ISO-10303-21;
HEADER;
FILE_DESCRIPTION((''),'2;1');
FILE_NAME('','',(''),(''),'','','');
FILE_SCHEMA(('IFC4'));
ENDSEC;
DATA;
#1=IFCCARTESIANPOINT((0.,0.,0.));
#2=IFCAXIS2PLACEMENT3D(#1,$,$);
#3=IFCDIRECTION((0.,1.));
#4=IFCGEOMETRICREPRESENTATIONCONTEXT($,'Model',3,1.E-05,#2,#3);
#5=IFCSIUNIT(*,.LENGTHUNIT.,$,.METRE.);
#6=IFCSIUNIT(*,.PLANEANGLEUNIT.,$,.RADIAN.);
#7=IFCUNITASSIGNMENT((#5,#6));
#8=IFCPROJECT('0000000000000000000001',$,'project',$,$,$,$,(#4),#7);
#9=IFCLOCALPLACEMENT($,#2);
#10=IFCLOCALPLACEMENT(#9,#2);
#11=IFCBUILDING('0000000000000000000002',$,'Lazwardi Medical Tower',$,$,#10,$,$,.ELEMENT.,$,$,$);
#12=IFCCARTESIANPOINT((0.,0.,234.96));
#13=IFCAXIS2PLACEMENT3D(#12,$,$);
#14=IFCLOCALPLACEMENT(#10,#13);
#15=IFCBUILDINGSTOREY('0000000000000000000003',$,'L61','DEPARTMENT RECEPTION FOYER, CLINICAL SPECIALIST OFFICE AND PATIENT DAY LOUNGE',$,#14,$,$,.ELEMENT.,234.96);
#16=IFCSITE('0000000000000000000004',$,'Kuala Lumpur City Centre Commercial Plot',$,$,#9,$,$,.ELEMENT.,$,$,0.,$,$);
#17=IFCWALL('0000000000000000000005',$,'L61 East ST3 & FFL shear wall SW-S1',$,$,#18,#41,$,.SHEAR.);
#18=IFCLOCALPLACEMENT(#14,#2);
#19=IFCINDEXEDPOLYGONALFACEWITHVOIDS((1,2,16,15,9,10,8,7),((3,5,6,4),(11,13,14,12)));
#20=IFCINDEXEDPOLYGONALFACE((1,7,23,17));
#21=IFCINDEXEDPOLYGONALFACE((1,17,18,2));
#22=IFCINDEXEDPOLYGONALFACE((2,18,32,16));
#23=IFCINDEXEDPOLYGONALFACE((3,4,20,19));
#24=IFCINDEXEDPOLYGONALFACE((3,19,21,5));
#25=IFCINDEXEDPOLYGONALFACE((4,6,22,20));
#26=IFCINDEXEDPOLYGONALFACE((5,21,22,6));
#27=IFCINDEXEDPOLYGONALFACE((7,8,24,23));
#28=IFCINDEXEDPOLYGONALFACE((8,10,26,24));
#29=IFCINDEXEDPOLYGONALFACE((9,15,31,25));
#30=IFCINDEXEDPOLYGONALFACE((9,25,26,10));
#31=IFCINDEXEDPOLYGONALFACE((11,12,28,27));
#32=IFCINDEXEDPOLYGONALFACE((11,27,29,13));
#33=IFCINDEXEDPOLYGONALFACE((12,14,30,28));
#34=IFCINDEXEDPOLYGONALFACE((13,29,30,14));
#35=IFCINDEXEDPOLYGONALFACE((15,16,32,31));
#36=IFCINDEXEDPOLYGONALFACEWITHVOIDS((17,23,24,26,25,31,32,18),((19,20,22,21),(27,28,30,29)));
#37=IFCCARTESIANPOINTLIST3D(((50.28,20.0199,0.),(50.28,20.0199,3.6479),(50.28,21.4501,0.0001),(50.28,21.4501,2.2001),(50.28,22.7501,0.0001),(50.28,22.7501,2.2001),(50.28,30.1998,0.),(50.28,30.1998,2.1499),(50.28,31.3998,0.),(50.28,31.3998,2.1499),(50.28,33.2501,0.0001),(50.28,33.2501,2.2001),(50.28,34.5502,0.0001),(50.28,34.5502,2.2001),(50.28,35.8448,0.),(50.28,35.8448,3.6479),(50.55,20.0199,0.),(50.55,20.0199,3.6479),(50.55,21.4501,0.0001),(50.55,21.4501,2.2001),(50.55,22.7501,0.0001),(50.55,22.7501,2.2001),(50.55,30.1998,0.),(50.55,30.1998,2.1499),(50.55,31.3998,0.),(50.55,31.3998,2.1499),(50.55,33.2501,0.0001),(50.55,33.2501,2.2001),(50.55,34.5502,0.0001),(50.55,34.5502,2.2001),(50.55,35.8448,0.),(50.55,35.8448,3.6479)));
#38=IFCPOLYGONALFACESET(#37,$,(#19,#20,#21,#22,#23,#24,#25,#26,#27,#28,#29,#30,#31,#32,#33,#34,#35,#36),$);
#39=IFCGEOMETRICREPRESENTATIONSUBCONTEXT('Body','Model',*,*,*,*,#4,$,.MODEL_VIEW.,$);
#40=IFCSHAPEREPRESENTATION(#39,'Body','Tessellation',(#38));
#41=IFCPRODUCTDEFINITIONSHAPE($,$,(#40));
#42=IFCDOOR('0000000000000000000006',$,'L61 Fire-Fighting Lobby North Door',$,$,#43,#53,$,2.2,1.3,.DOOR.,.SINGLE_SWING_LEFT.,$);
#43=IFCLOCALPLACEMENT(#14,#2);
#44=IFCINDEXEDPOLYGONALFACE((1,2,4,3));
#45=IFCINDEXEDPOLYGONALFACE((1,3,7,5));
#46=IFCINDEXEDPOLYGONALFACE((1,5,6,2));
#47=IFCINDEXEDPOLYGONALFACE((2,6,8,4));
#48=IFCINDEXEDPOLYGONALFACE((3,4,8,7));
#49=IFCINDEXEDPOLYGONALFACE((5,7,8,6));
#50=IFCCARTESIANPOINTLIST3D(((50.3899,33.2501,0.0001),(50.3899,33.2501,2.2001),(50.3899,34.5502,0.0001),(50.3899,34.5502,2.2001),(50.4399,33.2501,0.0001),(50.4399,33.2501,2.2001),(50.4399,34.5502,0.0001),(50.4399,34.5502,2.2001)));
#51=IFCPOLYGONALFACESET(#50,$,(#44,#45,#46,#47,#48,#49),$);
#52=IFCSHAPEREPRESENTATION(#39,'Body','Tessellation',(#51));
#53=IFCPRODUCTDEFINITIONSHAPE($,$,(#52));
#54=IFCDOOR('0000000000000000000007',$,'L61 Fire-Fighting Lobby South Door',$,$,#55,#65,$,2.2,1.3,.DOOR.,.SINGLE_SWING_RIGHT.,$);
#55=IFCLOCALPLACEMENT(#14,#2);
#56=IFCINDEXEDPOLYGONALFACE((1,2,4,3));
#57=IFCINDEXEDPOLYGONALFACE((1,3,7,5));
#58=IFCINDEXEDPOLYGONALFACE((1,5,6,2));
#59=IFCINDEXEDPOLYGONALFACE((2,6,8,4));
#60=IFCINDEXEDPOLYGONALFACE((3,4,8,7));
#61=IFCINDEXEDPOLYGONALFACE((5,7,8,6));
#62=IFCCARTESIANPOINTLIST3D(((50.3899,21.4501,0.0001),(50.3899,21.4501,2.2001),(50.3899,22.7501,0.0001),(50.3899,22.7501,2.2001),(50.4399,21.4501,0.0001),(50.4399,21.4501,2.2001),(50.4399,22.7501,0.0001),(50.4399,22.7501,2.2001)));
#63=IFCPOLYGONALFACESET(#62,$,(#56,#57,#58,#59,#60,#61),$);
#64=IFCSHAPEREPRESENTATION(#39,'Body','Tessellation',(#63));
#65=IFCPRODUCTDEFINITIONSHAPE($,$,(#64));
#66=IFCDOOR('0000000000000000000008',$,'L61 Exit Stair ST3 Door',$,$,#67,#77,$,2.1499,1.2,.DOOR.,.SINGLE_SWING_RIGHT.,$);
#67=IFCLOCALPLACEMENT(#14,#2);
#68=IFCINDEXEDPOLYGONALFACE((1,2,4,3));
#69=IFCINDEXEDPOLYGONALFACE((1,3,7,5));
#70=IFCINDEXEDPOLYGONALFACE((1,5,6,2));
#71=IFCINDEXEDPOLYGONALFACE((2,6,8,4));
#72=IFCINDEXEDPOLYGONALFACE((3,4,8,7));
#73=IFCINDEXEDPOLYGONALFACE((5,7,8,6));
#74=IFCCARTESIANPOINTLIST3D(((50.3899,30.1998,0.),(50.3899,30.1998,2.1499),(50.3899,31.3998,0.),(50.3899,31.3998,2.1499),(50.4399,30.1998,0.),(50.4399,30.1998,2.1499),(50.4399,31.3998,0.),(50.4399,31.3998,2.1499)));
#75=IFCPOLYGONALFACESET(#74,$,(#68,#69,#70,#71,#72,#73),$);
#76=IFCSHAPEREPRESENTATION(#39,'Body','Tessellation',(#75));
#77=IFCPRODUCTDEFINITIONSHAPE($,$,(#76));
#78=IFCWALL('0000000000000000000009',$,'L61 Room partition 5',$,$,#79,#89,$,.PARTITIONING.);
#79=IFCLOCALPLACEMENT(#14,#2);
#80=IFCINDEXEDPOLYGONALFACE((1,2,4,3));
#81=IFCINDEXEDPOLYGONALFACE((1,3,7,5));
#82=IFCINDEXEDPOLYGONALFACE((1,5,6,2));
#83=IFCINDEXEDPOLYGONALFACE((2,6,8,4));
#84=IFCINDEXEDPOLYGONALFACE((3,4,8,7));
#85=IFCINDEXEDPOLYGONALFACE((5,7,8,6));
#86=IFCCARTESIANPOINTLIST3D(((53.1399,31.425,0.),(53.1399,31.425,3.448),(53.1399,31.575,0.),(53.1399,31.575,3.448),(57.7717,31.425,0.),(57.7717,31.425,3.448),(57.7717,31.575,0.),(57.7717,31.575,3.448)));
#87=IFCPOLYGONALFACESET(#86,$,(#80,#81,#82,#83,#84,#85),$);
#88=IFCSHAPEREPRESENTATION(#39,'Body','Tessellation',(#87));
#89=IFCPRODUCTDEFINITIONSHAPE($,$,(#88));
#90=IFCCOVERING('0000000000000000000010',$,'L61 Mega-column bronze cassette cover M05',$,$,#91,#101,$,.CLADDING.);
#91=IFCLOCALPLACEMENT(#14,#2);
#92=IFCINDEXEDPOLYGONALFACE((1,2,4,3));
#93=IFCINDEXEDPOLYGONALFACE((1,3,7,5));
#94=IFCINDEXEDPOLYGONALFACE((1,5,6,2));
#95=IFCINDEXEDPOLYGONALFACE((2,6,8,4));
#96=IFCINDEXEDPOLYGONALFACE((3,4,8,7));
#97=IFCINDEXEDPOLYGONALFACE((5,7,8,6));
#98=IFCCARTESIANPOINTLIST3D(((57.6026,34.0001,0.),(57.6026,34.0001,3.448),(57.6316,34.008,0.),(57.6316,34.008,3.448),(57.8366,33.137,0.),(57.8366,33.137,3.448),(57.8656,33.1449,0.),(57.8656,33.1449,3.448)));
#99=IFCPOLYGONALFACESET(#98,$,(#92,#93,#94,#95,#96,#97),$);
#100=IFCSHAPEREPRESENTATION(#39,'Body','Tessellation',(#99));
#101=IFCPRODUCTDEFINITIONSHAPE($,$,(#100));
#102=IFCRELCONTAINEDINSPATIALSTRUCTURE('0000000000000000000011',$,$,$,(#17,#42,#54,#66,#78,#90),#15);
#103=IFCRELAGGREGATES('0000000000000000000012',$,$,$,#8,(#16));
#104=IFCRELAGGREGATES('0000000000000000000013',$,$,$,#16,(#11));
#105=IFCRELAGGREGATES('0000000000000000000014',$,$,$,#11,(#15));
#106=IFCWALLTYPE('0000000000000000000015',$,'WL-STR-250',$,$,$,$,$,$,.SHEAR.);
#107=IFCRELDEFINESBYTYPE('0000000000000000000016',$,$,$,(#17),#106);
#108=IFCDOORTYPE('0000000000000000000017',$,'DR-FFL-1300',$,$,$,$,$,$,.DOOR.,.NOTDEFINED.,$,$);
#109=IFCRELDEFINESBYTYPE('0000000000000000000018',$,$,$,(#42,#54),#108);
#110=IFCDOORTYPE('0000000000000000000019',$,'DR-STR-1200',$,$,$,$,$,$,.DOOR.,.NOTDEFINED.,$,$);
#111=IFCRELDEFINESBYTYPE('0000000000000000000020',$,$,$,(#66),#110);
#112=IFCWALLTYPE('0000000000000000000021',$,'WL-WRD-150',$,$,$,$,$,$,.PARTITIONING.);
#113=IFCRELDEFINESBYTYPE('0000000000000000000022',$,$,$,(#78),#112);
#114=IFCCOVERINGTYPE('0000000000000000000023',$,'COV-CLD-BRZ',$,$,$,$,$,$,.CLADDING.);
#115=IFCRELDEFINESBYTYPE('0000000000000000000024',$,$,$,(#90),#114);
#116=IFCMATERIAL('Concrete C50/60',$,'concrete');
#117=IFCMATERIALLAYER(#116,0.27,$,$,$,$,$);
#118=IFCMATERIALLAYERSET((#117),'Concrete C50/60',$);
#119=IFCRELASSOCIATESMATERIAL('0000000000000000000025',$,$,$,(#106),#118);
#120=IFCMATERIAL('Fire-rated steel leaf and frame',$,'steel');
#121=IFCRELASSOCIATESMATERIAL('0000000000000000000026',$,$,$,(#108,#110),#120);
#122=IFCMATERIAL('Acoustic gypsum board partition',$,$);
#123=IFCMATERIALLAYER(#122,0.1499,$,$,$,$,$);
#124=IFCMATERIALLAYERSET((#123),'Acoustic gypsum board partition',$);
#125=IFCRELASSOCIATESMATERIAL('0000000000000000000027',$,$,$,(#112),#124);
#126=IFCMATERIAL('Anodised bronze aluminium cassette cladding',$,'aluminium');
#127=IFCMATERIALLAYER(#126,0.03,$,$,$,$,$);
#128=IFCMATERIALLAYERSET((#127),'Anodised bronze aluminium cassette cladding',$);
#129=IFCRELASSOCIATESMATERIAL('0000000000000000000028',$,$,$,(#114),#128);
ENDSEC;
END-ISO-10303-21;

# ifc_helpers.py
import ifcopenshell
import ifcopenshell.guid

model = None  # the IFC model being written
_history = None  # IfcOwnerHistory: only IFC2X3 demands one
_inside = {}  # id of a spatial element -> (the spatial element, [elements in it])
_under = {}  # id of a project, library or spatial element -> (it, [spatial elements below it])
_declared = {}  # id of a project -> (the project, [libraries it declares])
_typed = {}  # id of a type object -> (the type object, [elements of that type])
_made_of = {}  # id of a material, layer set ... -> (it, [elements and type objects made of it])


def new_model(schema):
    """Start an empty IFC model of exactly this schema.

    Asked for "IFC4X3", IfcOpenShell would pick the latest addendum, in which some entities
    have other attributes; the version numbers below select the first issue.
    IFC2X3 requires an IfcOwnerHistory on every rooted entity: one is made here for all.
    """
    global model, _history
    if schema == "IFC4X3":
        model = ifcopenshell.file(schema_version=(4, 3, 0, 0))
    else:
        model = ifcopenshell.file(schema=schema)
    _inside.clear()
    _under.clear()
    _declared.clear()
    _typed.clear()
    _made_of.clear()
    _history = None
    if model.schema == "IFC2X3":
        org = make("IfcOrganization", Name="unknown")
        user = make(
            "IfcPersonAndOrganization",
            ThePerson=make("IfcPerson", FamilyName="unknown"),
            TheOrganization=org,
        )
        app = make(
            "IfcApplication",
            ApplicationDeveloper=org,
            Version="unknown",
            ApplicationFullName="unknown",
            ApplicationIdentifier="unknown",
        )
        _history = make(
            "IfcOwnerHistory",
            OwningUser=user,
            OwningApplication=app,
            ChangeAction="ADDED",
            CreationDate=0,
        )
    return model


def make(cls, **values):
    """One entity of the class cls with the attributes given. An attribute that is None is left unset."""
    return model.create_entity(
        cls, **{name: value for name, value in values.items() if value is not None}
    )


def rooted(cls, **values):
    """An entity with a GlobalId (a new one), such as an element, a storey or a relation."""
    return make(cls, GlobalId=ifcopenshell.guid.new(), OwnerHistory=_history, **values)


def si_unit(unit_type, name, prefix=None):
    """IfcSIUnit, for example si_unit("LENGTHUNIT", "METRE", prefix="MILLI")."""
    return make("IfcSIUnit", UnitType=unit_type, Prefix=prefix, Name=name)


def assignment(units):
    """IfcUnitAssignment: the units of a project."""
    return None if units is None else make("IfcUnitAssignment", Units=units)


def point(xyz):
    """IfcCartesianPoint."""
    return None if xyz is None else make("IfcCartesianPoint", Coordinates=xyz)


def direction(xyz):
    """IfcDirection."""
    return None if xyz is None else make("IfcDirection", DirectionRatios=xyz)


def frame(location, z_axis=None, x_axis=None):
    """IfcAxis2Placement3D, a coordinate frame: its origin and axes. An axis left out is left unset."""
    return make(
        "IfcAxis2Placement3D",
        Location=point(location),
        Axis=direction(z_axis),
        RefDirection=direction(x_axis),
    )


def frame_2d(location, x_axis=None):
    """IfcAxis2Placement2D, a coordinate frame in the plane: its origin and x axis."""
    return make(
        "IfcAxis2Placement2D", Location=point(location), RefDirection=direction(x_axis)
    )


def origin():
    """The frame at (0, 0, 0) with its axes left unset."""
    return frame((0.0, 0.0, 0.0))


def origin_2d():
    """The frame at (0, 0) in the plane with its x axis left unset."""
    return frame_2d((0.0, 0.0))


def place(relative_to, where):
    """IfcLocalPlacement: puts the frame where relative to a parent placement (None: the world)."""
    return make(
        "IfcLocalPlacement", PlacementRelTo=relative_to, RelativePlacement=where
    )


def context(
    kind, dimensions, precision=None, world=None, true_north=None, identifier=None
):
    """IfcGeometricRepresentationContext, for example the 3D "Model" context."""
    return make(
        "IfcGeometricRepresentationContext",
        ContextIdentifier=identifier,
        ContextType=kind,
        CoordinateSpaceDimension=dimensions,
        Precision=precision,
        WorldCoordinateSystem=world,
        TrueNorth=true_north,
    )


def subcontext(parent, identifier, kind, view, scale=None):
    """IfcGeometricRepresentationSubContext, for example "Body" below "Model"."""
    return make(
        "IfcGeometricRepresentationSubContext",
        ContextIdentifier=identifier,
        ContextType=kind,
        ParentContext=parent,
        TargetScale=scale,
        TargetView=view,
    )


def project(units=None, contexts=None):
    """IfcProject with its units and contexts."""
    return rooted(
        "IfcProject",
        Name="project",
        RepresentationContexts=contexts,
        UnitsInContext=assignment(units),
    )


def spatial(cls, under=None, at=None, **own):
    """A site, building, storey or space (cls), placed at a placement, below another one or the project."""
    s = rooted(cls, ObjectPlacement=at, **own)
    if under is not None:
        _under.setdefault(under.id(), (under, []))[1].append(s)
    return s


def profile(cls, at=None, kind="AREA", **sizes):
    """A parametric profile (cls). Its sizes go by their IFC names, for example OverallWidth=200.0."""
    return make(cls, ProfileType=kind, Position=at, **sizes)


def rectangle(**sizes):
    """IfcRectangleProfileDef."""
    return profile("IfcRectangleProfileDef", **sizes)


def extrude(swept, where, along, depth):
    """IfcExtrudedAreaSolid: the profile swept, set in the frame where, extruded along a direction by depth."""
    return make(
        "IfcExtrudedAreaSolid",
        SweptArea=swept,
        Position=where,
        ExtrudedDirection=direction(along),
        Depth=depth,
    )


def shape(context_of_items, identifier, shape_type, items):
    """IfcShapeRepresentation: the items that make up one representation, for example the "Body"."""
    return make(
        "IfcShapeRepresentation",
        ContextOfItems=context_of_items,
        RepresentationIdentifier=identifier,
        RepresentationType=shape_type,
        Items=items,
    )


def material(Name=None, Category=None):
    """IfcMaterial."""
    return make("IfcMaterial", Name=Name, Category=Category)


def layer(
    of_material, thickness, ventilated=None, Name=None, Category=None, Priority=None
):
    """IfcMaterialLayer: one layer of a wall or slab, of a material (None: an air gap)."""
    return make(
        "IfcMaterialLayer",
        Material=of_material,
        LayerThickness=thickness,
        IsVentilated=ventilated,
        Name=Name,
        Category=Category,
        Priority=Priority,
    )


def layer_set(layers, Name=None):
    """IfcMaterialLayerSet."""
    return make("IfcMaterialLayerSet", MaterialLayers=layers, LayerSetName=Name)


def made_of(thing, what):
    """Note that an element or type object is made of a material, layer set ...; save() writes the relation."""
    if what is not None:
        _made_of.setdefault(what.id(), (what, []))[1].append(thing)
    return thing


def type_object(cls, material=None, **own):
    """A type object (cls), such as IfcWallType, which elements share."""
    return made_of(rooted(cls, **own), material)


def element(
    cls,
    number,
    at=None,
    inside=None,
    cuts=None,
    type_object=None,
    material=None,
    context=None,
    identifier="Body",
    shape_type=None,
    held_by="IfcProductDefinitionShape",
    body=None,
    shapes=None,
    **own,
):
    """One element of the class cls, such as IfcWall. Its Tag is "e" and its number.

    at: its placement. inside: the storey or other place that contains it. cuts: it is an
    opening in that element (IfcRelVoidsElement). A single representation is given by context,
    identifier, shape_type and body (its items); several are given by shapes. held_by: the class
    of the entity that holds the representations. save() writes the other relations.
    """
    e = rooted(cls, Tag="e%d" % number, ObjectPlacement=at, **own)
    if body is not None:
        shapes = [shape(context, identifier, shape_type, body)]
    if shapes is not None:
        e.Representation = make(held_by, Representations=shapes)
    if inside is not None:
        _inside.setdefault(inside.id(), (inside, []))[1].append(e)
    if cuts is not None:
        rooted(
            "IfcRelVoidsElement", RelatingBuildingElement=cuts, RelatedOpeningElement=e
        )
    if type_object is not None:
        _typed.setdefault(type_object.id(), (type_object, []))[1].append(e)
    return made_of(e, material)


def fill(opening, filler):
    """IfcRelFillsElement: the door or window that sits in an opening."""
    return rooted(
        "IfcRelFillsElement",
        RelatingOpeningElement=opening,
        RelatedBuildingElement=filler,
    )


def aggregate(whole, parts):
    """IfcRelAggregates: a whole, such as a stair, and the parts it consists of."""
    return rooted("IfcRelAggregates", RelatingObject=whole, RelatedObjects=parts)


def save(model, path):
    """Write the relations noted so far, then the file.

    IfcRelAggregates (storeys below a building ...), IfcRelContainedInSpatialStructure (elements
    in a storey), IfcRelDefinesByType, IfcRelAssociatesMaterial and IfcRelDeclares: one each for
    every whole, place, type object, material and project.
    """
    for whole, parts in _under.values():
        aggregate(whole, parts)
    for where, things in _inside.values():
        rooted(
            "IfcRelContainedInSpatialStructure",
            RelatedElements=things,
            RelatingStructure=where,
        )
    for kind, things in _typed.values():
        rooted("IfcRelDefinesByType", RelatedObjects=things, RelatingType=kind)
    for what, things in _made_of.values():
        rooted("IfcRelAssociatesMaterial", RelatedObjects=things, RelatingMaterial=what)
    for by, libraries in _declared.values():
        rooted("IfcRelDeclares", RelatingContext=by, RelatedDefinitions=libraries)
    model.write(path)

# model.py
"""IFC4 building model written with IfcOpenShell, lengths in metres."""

from ifc_helpers import new_model, si_unit, direction, frame, frame_2d, origin, origin_2d, place, context, subcontext, project, spatial, rectangle, extrude, material, layer, layer_set, type_object, element, fill, save


model = new_model("IFC4")

# Units and contexts
model_context = context("Model", 3, precision=1e-05, world=origin(), true_north=direction((0.0, 1.0)))
body_context = subcontext(model_context, "Body", "Model", "MODEL_VIEW")
ifc_project = project(units=[si_unit("LENGTHUNIT", "METRE"), si_unit("PLANEANGLEUNIT", "RADIAN")], contexts=[model_context])

# Site, building, storey
site_placement = place(None, origin())
site = spatial("IfcSite", under=ifc_project, at=site_placement, Name="Kuala Lumpur City Centre Commercial Plot", CompositionType="ELEMENT", RefElevation=0.0)
building_placement = place(site_placement, origin())
building = spatial("IfcBuilding", under=site, at=building_placement, Name="Lazwardi Medical Tower", CompositionType="ELEMENT")
storey_placement = place(building_placement, frame((0.0, 0.0, 234.96)))
storey = spatial("IfcBuildingStorey", under=building, at=storey_placement, Name="L61", Description="DEPARTMENT RECEPTION FOYER, CLINICAL SPECIALIST OFFICE AND PATIENT DAY LOUNGE", CompositionType="ELEMENT", Elevation=234.96)

# Wall, openings, doors
ifc_material_1 = material(Name="Concrete C50/60", Category="concrete")
ifc_layer_1 = layer(ifc_material_1, 0.27)
ifc_layer_set_1 = layer_set([ifc_layer_1], Name="Concrete C50/60")
wall_type_1 = type_object("IfcWallType", Name="WL-STR-250", PredefinedType="SHEAR", material=ifc_layer_set_1)
wall_1_placement = place(storey_placement, frame((50.415, 35.845, 0.0), z_axis=(0.0, 0.0, 1.0), x_axis=(0.0, -1.0, 0.0)))
wall_1 = element("IfcWall", 1, at=wall_1_placement, inside=storey, type_object=wall_type_1, Name="L61 East ST3 & FFL shear wall SW-S1", PredefinedType="SHEAR", context=body_context, shape_type="SweptSolid", body=[
    extrude(rectangle(XDim=15.825, YDim=0.27, at=frame_2d((7.9126, 0.0))), origin(), (0.0, 0.0, 1.0), 3.6479),
])
opening_1_placement = place(wall_1_placement, frame((4.4451, 0.0, 0.0)))
opening_1 = element("IfcOpeningElement", 2, at=opening_1_placement, cuts=wall_1, PredefinedType="OPENING", context=body_context, shape_type="SweptSolid", body=[
    extrude(rectangle(XDim=1.2, YDim=2.1499, at=frame_2d((0.6001, 1.075))), frame((0.0, 0.145, 0.0), z_axis=(0.0, -1.0, 0.0), x_axis=(1.0, 0.0, 0.0)), (0.0, 0.0, 1.0), 0.29),
])
opening_2_placement = place(wall_1_placement, frame((1.2949, 0.0, 0.0)))
opening_2 = element("IfcOpeningElement", 3, at=opening_2_placement, cuts=wall_1, PredefinedType="OPENING", context=body_context, shape_type="SweptSolid", body=[
    extrude(rectangle(XDim=1.3, YDim=2.2, at=frame_2d((0.6499, 1.1001))), frame((0.0, 0.145, 0.0), z_axis=(0.0, -1.0, 0.0), x_axis=(1.0, 0.0, 0.0)), (0.0, 0.0, 1.0), 0.29),
])
opening_3_placement = place(wall_1_placement, frame((13.095, 0.0, 0.0)))
opening_3 = element("IfcOpeningElement", 4, at=opening_3_placement, cuts=wall_1, PredefinedType="OPENING", context=body_context, shape_type="SweptSolid", body=[
    extrude(rectangle(XDim=1.3, YDim=2.2, at=frame_2d((0.6499, 1.1001))), frame((0.0, 0.145, 0.0), z_axis=(0.0, -1.0, 0.0), x_axis=(1.0, 0.0, 0.0)), (0.0, 0.0, 1.0), 0.29),
])
ifc_material_2 = material(Name="Fire-rated steel leaf and frame", Category="steel")
door_type_1 = type_object("IfcDoorType", Name="DR-FFL-1300", OperationType="NOTDEFINED", PredefinedType="DOOR", material=ifc_material_2)
door_1_placement = place(opening_2_placement, origin())
door_1 = element("IfcDoor", 5, at=door_1_placement, inside=storey, type_object=door_type_1, Name="L61 Fire-Fighting Lobby North Door", OperationType="SINGLE_SWING_LEFT", OverallHeight=2.2, OverallWidth=1.3, PredefinedType="DOOR", context=body_context, shape_type="SweptSolid", body=[
    extrude(rectangle(XDim=1.3, YDim=2.2, at=frame_2d((0.6499, 1.1001))), frame((0.0, 0.0249, 0.0), z_axis=(0.0, -1.0, 0.0), x_axis=(1.0, 0.0, 0.0)), (0.0, 0.0, 1.0), 0.05),
])
fill(opening_2, door_1)
door_2_placement = place(opening_3_placement, origin())
door_2 = element("IfcDoor", 6, at=door_2_placement, inside=storey, type_object=door_type_1, Name="L61 Fire-Fighting Lobby South Door", OperationType="SINGLE_SWING_RIGHT", OverallHeight=2.2, OverallWidth=1.3, PredefinedType="DOOR", context=body_context, shape_type="SweptSolid", body=[
    extrude(rectangle(XDim=1.3, YDim=2.2, at=frame_2d((0.6499, 1.1001))), frame((0.0, 0.0249, 0.0), z_axis=(0.0, -1.0, 0.0), x_axis=(1.0, 0.0, 0.0)), (0.0, 0.0, 1.0), 0.05),
])
fill(opening_3, door_2)
door_type_2 = type_object("IfcDoorType", Name="DR-STR-1200", OperationType="NOTDEFINED", PredefinedType="DOOR", material=ifc_material_2)
door_3_placement = place(opening_1_placement, origin())
door_3 = element("IfcDoor", 7, at=door_3_placement, inside=storey, type_object=door_type_2, Name="L61 Exit Stair ST3 Door", OperationType="SINGLE_SWING_RIGHT", OverallHeight=2.1499, OverallWidth=1.2, PredefinedType="DOOR", context=body_context, shape_type="SweptSolid", body=[
    extrude(rectangle(XDim=1.2, YDim=2.1499, at=frame_2d((0.6001, 1.075))), frame((0.0, 0.0249, 0.0), z_axis=(0.0, -1.0, 0.0), x_axis=(1.0, 0.0, 0.0)), (0.0, 0.0, 1.0), 0.05),
])
fill(opening_1, door_3)

# Wall
ifc_material_3 = material(Name="Acoustic gypsum board partition")
ifc_layer_2 = layer(ifc_material_3, 0.1499)
ifc_layer_set_2 = layer_set([ifc_layer_2], Name="Acoustic gypsum board partition")
wall_type_2 = type_object("IfcWallType", Name="WL-WRD-150", PredefinedType="PARTITIONING", material=ifc_layer_set_2)
wall_2_placement = place(storey_placement, frame((53.1399, 31.5, 0.0), z_axis=(0.0, 0.0, 1.0), x_axis=(1.0, 0.0, 0.0)))
element("IfcWall", 8, at=wall_2_placement, inside=storey, type_object=wall_type_2, Name="L61 Room partition 5", PredefinedType="PARTITIONING", context=body_context, shape_type="SweptSolid", body=[
    extrude(rectangle(XDim=4.6318, YDim=0.1499, at=frame_2d((2.3159, 0.0))), origin(), (0.0, 0.0, 1.0), 3.448),
])

# Covering
ifc_material_4 = material(Name="Anodised bronze aluminium cassette cladding", Category="aluminium")
ifc_layer_3 = layer(ifc_material_4, 0.03)
ifc_layer_set_3 = layer_set([ifc_layer_3], Name="Anodised bronze aluminium cassette cladding")
covering_type = type_object("IfcCoveringType", Name="COV-CLD-BRZ", PredefinedType="CLADDING", material=ifc_layer_set_3)
covering_placement = place(storey_placement, frame((57.7341, 33.5725, 0.0), z_axis=(0.0, 0.0, 1.0), x_axis=(-0.261642, 0.965165, 0.0)))
element("IfcCovering", 9, at=covering_placement, inside=storey, type_object=covering_type, Name="L61 Mega-column bronze cassette cover M05", PredefinedType="CLADDING", context=body_context, shape_type="SweptSolid", body=[
    extrude(rectangle(XDim=0.8943, YDim=0.03, at=origin_2d()), origin(), (0.0, 0.0, 1.0), 3.448),
])

save(model, "model.ifc")
